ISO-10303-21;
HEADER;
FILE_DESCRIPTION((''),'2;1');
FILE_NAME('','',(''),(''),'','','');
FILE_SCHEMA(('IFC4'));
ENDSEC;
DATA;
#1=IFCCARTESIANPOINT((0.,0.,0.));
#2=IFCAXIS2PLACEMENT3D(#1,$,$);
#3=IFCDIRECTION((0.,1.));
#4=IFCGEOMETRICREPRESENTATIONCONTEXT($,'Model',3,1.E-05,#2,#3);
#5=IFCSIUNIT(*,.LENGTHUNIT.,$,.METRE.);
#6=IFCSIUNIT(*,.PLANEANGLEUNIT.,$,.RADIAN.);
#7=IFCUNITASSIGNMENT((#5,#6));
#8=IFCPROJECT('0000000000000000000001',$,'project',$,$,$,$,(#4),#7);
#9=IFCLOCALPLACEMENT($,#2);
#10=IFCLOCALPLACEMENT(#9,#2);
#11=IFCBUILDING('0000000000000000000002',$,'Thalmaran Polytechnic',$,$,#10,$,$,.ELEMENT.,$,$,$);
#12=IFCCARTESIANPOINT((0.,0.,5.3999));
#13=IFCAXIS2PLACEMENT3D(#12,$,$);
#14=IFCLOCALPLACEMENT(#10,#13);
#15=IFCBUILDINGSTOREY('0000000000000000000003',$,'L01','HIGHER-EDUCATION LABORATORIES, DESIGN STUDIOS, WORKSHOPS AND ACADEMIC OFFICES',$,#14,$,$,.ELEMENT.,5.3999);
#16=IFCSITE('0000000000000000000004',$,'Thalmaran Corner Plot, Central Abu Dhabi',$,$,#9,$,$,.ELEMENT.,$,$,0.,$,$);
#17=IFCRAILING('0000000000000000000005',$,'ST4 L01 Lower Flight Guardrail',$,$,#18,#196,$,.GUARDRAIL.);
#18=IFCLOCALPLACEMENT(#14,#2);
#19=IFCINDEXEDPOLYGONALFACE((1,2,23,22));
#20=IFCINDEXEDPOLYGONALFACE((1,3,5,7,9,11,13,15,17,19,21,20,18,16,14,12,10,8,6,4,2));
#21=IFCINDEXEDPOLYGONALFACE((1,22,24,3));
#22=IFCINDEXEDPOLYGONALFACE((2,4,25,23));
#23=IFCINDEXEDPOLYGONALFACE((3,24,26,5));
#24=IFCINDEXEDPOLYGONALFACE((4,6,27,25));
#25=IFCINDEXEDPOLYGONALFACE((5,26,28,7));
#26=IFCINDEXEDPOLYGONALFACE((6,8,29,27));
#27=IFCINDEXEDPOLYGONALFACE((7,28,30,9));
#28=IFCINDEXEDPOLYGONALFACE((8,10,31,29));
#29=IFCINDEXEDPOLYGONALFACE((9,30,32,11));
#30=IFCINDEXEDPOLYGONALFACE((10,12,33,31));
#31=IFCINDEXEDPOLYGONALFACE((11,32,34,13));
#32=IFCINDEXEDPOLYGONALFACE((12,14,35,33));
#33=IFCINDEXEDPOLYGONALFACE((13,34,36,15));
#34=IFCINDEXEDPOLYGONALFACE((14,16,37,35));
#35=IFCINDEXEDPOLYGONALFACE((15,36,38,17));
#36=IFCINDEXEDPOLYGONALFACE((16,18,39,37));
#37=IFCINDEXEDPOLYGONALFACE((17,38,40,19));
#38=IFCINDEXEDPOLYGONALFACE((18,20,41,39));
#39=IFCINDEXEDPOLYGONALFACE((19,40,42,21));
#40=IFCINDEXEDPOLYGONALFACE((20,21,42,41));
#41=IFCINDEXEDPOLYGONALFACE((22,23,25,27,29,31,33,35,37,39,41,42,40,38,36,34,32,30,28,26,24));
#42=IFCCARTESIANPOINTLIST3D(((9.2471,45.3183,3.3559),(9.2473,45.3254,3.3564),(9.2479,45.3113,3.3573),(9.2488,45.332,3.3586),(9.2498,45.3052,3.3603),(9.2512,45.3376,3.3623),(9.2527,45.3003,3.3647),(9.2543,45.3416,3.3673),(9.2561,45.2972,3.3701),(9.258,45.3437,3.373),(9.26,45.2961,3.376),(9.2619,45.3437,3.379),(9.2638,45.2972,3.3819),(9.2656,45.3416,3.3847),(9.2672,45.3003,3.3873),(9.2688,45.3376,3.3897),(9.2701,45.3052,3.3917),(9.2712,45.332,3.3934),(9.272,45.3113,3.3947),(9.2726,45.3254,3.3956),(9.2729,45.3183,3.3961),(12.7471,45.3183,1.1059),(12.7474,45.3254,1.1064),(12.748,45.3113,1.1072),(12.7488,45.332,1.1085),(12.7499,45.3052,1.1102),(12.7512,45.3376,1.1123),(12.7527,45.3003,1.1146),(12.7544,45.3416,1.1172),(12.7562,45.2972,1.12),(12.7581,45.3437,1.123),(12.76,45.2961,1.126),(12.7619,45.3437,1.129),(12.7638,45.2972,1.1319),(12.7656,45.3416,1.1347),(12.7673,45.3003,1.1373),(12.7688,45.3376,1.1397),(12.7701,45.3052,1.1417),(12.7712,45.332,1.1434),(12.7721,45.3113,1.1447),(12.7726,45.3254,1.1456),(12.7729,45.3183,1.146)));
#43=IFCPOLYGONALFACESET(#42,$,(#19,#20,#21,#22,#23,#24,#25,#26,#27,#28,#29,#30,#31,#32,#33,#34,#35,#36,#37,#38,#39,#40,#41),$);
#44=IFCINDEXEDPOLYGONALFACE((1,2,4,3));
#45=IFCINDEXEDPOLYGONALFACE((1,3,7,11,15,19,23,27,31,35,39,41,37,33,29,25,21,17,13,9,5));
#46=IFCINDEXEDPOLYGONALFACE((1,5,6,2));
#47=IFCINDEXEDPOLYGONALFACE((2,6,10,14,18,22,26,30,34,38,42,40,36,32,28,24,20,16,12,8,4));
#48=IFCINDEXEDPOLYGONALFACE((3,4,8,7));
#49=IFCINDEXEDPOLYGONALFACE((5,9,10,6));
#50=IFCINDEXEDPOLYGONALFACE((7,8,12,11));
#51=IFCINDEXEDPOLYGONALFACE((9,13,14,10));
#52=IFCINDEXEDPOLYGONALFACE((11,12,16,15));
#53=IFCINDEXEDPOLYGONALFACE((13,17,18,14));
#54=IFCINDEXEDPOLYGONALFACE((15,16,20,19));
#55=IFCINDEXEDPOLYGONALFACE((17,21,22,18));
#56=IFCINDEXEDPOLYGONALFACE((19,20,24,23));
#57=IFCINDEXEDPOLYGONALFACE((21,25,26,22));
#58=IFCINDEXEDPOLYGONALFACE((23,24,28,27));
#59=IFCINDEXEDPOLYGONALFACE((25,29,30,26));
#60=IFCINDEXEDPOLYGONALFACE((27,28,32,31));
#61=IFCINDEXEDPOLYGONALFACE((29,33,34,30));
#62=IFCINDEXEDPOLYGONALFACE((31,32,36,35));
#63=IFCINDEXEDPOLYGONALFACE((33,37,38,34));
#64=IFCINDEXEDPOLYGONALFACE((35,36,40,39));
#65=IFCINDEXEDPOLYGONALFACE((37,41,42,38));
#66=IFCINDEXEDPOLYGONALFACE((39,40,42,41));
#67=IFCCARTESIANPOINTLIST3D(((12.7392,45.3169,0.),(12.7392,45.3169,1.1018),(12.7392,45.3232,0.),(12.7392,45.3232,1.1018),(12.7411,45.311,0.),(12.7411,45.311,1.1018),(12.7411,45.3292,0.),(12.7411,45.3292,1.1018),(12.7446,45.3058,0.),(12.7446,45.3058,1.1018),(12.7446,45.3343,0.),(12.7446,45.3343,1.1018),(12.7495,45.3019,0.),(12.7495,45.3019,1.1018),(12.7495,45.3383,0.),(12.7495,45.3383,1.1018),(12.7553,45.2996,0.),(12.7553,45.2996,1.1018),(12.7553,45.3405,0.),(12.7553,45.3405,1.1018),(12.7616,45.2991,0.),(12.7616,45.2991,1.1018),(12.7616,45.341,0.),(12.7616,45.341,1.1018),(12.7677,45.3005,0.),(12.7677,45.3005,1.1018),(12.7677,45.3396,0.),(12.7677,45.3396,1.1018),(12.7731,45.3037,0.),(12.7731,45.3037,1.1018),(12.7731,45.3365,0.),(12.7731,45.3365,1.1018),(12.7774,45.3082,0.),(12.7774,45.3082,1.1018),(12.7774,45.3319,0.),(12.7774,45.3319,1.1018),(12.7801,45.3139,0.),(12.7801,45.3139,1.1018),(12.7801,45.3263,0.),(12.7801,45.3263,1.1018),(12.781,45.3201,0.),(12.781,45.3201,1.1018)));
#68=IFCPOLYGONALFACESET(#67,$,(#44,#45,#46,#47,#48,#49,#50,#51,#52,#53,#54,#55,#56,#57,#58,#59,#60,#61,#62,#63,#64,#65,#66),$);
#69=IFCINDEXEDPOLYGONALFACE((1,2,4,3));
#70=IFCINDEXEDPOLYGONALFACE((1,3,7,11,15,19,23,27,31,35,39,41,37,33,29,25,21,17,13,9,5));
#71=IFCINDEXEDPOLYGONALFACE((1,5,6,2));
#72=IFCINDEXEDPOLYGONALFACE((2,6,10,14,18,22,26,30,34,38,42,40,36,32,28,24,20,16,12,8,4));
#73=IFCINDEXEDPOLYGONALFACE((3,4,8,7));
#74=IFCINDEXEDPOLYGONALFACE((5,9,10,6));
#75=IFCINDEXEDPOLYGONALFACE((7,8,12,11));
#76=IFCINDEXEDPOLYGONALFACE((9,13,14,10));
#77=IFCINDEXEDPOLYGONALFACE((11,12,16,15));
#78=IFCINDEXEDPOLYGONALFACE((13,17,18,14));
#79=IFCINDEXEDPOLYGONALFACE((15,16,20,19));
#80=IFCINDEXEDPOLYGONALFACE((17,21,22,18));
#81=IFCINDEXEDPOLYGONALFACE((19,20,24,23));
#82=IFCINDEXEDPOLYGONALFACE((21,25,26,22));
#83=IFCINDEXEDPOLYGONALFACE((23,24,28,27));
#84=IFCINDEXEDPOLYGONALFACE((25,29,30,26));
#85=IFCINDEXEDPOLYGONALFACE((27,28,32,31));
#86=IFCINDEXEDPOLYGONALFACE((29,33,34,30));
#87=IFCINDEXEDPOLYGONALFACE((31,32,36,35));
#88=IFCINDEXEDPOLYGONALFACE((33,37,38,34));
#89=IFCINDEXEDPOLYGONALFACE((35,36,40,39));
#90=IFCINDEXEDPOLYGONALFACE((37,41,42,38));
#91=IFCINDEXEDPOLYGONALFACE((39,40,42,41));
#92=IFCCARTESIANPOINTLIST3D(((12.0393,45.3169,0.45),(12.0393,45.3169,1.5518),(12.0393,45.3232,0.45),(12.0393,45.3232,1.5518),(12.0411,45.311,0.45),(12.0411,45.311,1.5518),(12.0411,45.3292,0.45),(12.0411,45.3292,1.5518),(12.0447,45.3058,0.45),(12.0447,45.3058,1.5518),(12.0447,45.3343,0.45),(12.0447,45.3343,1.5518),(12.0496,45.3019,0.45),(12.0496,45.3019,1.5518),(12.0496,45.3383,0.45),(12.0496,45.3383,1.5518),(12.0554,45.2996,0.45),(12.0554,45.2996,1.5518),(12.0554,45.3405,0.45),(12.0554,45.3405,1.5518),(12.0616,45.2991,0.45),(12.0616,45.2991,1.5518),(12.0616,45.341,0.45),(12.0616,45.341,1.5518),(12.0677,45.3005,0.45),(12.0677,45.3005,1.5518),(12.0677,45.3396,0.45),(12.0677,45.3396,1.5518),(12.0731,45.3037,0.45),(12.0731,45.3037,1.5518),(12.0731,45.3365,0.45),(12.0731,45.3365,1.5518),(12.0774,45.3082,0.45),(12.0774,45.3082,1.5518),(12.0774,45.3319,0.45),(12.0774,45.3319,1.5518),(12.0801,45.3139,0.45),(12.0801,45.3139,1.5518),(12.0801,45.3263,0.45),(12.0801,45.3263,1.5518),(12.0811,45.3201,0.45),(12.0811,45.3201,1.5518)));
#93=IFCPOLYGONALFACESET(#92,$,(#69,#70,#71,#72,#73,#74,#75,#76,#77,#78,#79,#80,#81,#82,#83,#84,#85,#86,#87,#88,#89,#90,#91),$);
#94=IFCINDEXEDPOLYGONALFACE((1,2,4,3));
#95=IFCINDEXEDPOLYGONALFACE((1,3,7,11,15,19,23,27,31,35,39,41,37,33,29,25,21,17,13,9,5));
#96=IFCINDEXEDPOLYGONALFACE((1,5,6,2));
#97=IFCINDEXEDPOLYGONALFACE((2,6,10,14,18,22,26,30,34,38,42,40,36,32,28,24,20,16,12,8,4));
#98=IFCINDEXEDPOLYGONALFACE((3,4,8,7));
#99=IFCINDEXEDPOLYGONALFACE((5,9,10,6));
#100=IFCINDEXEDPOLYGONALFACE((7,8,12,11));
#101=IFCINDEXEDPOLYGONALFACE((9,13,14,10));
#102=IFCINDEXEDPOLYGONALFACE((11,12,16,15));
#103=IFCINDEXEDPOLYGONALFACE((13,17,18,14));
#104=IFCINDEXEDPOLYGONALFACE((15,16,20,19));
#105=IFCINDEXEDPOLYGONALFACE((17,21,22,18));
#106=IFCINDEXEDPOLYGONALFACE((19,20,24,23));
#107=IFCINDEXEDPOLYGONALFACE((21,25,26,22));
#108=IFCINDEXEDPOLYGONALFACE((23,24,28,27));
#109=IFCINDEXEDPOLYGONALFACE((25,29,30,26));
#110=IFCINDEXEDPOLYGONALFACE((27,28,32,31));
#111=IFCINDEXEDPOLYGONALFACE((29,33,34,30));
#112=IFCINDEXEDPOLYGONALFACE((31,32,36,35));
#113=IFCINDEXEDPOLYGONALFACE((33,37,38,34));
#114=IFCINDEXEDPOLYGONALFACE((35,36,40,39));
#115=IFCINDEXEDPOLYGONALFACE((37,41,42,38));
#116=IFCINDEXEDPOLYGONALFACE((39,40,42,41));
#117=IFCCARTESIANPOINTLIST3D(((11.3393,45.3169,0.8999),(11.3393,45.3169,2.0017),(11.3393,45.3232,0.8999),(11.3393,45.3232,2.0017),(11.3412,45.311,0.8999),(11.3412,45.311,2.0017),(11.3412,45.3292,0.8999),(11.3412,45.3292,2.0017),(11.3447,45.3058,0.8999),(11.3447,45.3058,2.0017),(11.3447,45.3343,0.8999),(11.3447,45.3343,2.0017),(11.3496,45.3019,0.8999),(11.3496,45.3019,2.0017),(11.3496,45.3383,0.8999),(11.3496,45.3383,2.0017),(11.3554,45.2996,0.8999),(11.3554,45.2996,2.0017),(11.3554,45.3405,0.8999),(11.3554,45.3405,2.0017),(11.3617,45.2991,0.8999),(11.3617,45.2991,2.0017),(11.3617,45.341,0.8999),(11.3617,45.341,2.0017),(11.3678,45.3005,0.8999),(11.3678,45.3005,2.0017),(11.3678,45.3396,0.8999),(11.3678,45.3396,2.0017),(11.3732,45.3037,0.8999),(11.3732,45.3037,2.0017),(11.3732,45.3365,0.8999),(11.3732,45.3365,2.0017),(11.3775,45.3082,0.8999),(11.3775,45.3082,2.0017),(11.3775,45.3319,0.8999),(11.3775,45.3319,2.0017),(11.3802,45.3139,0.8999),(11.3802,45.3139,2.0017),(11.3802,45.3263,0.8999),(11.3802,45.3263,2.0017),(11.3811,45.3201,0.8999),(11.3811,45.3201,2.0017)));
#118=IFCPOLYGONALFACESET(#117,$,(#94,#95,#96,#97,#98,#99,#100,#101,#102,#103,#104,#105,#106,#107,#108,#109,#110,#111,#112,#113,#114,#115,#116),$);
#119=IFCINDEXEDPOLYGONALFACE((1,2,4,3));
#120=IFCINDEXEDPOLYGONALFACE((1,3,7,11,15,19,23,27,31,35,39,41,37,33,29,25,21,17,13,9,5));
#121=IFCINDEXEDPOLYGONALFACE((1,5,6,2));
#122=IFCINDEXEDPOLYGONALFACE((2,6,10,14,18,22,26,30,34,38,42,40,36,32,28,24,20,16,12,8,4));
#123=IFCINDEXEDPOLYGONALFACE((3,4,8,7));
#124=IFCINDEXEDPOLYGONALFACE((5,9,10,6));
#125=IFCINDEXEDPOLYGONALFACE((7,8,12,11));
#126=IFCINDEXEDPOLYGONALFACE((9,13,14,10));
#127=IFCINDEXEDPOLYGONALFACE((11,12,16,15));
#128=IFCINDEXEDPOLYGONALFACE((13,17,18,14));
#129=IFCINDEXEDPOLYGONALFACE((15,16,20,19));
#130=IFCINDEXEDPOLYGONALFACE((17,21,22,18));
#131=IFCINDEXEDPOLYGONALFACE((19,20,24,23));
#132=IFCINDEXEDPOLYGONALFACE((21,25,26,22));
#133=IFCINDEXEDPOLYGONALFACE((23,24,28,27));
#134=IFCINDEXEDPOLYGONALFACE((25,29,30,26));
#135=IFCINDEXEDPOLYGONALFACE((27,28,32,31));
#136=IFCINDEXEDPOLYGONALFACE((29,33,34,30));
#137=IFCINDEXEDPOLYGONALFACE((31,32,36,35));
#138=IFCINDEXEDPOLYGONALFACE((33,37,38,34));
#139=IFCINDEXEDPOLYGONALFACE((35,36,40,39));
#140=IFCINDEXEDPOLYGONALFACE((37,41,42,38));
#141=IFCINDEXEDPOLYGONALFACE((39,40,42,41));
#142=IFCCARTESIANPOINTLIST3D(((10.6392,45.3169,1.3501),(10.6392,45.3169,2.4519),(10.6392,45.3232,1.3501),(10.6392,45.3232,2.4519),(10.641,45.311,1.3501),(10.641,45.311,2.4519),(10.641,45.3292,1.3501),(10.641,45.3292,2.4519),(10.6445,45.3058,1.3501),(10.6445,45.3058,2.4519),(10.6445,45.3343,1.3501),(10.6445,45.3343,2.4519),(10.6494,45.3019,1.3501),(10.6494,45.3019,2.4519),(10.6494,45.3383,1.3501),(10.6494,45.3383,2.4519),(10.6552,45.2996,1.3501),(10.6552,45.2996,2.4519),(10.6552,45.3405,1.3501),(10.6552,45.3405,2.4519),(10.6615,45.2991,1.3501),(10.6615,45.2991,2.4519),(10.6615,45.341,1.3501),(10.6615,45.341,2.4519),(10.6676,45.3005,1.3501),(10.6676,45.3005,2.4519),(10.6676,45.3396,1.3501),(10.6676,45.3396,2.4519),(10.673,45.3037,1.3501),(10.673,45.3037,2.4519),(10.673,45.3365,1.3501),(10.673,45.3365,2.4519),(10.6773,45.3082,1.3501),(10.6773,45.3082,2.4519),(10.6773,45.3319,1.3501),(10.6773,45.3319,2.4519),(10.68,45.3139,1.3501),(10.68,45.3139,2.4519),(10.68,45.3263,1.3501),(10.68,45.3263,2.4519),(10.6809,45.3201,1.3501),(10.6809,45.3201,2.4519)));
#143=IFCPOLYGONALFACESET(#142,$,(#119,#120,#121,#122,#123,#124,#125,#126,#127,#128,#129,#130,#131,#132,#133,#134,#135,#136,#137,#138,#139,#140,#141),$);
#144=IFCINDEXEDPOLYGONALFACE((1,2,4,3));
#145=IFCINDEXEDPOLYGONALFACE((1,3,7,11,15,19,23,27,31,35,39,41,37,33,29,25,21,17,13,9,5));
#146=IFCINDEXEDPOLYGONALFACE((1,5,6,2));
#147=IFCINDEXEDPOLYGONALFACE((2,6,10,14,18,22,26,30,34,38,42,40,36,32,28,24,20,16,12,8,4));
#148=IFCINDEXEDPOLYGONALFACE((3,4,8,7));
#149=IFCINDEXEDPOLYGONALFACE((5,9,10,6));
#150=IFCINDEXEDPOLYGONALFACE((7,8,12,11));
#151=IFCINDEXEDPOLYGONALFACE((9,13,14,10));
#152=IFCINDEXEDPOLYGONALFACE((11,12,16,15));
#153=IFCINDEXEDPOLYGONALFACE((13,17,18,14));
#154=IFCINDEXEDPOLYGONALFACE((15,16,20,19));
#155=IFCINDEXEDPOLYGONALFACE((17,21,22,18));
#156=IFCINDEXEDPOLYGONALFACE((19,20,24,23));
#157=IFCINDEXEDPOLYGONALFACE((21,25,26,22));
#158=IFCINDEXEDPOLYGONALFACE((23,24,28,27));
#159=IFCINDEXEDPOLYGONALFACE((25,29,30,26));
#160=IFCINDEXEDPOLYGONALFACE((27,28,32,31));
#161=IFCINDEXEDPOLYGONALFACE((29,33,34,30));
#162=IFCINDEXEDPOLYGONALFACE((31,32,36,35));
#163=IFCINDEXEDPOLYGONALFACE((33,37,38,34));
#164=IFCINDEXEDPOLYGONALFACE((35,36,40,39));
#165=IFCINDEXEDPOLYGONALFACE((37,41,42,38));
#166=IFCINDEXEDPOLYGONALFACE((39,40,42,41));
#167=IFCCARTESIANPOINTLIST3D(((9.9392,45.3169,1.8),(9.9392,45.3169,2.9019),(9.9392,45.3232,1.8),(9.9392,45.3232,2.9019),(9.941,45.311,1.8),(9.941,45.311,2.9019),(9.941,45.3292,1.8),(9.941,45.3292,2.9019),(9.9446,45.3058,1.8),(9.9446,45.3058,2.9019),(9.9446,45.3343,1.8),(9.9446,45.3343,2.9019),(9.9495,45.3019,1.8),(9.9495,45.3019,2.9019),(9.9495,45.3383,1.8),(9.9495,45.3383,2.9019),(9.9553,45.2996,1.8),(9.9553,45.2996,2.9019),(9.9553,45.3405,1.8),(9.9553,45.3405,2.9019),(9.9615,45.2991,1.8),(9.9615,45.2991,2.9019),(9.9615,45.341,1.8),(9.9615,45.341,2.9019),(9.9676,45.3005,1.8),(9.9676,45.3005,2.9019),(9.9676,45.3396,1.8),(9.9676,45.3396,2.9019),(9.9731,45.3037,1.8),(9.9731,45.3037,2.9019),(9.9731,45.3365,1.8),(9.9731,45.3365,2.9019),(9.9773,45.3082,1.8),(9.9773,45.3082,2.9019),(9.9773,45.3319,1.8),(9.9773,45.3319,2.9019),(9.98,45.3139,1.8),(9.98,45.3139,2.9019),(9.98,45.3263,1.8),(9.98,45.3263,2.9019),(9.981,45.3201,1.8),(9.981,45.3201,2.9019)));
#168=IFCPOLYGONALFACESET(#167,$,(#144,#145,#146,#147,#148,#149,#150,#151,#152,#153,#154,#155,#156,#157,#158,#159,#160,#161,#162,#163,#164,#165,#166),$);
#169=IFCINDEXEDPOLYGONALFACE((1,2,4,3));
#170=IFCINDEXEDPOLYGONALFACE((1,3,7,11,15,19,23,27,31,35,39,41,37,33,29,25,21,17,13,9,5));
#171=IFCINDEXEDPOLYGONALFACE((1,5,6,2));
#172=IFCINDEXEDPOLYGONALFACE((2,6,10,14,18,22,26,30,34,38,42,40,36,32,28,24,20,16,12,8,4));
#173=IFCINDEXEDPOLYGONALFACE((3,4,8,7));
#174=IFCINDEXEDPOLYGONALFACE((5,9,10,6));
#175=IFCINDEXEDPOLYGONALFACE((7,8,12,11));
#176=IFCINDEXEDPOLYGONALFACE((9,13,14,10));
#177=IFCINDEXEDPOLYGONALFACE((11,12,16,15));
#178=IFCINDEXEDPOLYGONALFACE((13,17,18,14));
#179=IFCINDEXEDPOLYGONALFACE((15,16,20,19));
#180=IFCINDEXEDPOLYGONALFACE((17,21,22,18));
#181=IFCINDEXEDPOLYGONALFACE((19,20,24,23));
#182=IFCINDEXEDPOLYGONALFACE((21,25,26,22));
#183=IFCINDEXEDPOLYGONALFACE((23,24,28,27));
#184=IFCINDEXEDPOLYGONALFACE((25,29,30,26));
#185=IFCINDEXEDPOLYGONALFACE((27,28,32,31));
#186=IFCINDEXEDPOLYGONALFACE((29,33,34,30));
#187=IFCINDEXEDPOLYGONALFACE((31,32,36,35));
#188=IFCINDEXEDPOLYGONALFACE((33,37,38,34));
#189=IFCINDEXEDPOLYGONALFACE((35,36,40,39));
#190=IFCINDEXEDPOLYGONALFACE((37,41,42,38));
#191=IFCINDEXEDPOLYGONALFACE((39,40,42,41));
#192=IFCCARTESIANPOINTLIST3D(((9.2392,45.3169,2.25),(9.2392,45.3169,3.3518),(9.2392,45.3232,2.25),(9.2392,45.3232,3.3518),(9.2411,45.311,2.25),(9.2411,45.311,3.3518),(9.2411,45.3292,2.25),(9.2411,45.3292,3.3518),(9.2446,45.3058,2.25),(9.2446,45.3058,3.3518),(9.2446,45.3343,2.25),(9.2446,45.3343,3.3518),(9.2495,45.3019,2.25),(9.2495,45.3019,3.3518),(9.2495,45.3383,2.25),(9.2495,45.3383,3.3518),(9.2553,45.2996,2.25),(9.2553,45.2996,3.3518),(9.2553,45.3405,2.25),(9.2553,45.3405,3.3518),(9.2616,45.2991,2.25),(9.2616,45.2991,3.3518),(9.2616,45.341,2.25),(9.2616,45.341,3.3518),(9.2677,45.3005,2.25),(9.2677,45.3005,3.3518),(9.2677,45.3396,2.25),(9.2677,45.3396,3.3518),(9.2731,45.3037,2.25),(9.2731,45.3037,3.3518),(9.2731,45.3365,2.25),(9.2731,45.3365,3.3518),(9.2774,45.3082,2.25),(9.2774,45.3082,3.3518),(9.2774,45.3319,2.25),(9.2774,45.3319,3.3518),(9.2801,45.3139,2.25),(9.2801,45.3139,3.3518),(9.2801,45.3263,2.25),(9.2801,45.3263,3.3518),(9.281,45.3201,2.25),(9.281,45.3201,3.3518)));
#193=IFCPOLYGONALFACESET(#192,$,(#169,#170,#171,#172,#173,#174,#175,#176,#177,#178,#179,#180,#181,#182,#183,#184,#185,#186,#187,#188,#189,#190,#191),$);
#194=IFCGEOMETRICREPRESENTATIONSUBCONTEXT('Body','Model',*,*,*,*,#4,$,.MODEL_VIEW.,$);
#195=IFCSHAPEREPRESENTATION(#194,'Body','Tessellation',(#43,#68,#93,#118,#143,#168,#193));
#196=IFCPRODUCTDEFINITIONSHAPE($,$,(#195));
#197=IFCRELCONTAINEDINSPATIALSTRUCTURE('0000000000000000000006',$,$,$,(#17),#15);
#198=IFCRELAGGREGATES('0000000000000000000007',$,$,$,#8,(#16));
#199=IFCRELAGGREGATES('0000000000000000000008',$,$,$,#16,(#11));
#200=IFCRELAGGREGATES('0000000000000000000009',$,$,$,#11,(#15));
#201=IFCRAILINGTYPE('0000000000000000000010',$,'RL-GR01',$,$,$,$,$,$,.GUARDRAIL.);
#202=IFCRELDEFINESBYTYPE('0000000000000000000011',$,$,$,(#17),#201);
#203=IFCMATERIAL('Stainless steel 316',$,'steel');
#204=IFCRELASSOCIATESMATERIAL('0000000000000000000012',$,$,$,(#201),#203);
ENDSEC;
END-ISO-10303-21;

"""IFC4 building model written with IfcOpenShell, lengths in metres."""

from ifc_helpers import new_model, si_unit, direction, frame, origin, origin_2d, place, context, subcontext, project, spatial, circle, extrude, material, type_object, element, save


model = new_model("IFC4")

# Units and contexts
model_context = context("Model", 3, precision=1e-05, world=origin(), true_north=direction((0.0, 1.0)))
body_context = subcontext(model_context, "Body", "Model", "MODEL_VIEW")
ifc_project = project(units=[si_unit("LENGTHUNIT", "METRE"), si_unit("PLANEANGLEUNIT", "RADIAN")], contexts=[model_context])

# Site, building, storey
site_placement = place(None, origin())
site = spatial("IfcSite", under=ifc_project, at=site_placement, Name="Thalmaran Corner Plot, Central Abu Dhabi", CompositionType="ELEMENT", RefElevation=0.0)
building_placement = place(site_placement, origin())
building = spatial("IfcBuilding", under=site, at=building_placement, Name="Thalmaran Polytechnic", CompositionType="ELEMENT")
storey_placement = place(building_placement, frame((0.0, 0.0, 5.3999)))
storey = spatial("IfcBuildingStorey", under=building, at=storey_placement, Name="L01", Description="HIGHER-EDUCATION LABORATORIES, DESIGN STUDIOS, WORKSHOPS AND ACADEMIC OFFICES", CompositionType="ELEMENT", Elevation=5.3999)

# Railing
ifc_material_1 = material(Name="Stainless steel 316", Category="steel")
railing_type_1 = type_object("IfcRailingType", Name="RL-GR01", PredefinedType="GUARDRAIL", material=ifc_material_1)
railing_1_placement = place(storey_placement, frame((12.76, 45.3201, 0.0)))
element("IfcRailing", 1, at=railing_1_placement, inside=storey, type_object=railing_type_1, Name="ST4 L01 Lower Flight Guardrail", PredefinedType="GUARDRAIL", context=body_context, shape_type="SweptSolid", body=[
    extrude(circle(Radius=0.0239, at=origin_2d()), frame((0.0, 0.0, 1.126), z_axis=(-0.841178, 0.0, 0.540758), x_axis=(0.0, -1.0, 0.0)), (0.0, 0.0, 1.0), 4.1609),
    extrude(circle(Radius=0.021, at=origin_2d()), origin(), (0.0, 0.0, 1.0), 1.1018),
    extrude(circle(Radius=0.021, at=origin_2d()), frame((-0.7, 0.0, 0.45)), (0.0, 0.0, 1.0), 1.1018),
    extrude(circle(Radius=0.021, at=origin_2d()), frame((-1.3999, 0.0, 0.8999)), (0.0, 0.0, 1.0), 1.1018),
    extrude(circle(Radius=0.021, at=origin_2d()), frame((-2.1001, 0.0, 1.3501)), (0.0, 0.0, 1.0), 1.1018),
    extrude(circle(Radius=0.021, at=origin_2d()), frame((-2.8, 0.0, 1.8)), (0.0, 0.0, 1.0), 1.1018),
    extrude(circle(Radius=0.021, at=origin_2d()), frame((-3.5, 0.0, 2.25)), (0.0, 0.0, 1.0), 1.1018),
])

save(model, "model.ifc")
